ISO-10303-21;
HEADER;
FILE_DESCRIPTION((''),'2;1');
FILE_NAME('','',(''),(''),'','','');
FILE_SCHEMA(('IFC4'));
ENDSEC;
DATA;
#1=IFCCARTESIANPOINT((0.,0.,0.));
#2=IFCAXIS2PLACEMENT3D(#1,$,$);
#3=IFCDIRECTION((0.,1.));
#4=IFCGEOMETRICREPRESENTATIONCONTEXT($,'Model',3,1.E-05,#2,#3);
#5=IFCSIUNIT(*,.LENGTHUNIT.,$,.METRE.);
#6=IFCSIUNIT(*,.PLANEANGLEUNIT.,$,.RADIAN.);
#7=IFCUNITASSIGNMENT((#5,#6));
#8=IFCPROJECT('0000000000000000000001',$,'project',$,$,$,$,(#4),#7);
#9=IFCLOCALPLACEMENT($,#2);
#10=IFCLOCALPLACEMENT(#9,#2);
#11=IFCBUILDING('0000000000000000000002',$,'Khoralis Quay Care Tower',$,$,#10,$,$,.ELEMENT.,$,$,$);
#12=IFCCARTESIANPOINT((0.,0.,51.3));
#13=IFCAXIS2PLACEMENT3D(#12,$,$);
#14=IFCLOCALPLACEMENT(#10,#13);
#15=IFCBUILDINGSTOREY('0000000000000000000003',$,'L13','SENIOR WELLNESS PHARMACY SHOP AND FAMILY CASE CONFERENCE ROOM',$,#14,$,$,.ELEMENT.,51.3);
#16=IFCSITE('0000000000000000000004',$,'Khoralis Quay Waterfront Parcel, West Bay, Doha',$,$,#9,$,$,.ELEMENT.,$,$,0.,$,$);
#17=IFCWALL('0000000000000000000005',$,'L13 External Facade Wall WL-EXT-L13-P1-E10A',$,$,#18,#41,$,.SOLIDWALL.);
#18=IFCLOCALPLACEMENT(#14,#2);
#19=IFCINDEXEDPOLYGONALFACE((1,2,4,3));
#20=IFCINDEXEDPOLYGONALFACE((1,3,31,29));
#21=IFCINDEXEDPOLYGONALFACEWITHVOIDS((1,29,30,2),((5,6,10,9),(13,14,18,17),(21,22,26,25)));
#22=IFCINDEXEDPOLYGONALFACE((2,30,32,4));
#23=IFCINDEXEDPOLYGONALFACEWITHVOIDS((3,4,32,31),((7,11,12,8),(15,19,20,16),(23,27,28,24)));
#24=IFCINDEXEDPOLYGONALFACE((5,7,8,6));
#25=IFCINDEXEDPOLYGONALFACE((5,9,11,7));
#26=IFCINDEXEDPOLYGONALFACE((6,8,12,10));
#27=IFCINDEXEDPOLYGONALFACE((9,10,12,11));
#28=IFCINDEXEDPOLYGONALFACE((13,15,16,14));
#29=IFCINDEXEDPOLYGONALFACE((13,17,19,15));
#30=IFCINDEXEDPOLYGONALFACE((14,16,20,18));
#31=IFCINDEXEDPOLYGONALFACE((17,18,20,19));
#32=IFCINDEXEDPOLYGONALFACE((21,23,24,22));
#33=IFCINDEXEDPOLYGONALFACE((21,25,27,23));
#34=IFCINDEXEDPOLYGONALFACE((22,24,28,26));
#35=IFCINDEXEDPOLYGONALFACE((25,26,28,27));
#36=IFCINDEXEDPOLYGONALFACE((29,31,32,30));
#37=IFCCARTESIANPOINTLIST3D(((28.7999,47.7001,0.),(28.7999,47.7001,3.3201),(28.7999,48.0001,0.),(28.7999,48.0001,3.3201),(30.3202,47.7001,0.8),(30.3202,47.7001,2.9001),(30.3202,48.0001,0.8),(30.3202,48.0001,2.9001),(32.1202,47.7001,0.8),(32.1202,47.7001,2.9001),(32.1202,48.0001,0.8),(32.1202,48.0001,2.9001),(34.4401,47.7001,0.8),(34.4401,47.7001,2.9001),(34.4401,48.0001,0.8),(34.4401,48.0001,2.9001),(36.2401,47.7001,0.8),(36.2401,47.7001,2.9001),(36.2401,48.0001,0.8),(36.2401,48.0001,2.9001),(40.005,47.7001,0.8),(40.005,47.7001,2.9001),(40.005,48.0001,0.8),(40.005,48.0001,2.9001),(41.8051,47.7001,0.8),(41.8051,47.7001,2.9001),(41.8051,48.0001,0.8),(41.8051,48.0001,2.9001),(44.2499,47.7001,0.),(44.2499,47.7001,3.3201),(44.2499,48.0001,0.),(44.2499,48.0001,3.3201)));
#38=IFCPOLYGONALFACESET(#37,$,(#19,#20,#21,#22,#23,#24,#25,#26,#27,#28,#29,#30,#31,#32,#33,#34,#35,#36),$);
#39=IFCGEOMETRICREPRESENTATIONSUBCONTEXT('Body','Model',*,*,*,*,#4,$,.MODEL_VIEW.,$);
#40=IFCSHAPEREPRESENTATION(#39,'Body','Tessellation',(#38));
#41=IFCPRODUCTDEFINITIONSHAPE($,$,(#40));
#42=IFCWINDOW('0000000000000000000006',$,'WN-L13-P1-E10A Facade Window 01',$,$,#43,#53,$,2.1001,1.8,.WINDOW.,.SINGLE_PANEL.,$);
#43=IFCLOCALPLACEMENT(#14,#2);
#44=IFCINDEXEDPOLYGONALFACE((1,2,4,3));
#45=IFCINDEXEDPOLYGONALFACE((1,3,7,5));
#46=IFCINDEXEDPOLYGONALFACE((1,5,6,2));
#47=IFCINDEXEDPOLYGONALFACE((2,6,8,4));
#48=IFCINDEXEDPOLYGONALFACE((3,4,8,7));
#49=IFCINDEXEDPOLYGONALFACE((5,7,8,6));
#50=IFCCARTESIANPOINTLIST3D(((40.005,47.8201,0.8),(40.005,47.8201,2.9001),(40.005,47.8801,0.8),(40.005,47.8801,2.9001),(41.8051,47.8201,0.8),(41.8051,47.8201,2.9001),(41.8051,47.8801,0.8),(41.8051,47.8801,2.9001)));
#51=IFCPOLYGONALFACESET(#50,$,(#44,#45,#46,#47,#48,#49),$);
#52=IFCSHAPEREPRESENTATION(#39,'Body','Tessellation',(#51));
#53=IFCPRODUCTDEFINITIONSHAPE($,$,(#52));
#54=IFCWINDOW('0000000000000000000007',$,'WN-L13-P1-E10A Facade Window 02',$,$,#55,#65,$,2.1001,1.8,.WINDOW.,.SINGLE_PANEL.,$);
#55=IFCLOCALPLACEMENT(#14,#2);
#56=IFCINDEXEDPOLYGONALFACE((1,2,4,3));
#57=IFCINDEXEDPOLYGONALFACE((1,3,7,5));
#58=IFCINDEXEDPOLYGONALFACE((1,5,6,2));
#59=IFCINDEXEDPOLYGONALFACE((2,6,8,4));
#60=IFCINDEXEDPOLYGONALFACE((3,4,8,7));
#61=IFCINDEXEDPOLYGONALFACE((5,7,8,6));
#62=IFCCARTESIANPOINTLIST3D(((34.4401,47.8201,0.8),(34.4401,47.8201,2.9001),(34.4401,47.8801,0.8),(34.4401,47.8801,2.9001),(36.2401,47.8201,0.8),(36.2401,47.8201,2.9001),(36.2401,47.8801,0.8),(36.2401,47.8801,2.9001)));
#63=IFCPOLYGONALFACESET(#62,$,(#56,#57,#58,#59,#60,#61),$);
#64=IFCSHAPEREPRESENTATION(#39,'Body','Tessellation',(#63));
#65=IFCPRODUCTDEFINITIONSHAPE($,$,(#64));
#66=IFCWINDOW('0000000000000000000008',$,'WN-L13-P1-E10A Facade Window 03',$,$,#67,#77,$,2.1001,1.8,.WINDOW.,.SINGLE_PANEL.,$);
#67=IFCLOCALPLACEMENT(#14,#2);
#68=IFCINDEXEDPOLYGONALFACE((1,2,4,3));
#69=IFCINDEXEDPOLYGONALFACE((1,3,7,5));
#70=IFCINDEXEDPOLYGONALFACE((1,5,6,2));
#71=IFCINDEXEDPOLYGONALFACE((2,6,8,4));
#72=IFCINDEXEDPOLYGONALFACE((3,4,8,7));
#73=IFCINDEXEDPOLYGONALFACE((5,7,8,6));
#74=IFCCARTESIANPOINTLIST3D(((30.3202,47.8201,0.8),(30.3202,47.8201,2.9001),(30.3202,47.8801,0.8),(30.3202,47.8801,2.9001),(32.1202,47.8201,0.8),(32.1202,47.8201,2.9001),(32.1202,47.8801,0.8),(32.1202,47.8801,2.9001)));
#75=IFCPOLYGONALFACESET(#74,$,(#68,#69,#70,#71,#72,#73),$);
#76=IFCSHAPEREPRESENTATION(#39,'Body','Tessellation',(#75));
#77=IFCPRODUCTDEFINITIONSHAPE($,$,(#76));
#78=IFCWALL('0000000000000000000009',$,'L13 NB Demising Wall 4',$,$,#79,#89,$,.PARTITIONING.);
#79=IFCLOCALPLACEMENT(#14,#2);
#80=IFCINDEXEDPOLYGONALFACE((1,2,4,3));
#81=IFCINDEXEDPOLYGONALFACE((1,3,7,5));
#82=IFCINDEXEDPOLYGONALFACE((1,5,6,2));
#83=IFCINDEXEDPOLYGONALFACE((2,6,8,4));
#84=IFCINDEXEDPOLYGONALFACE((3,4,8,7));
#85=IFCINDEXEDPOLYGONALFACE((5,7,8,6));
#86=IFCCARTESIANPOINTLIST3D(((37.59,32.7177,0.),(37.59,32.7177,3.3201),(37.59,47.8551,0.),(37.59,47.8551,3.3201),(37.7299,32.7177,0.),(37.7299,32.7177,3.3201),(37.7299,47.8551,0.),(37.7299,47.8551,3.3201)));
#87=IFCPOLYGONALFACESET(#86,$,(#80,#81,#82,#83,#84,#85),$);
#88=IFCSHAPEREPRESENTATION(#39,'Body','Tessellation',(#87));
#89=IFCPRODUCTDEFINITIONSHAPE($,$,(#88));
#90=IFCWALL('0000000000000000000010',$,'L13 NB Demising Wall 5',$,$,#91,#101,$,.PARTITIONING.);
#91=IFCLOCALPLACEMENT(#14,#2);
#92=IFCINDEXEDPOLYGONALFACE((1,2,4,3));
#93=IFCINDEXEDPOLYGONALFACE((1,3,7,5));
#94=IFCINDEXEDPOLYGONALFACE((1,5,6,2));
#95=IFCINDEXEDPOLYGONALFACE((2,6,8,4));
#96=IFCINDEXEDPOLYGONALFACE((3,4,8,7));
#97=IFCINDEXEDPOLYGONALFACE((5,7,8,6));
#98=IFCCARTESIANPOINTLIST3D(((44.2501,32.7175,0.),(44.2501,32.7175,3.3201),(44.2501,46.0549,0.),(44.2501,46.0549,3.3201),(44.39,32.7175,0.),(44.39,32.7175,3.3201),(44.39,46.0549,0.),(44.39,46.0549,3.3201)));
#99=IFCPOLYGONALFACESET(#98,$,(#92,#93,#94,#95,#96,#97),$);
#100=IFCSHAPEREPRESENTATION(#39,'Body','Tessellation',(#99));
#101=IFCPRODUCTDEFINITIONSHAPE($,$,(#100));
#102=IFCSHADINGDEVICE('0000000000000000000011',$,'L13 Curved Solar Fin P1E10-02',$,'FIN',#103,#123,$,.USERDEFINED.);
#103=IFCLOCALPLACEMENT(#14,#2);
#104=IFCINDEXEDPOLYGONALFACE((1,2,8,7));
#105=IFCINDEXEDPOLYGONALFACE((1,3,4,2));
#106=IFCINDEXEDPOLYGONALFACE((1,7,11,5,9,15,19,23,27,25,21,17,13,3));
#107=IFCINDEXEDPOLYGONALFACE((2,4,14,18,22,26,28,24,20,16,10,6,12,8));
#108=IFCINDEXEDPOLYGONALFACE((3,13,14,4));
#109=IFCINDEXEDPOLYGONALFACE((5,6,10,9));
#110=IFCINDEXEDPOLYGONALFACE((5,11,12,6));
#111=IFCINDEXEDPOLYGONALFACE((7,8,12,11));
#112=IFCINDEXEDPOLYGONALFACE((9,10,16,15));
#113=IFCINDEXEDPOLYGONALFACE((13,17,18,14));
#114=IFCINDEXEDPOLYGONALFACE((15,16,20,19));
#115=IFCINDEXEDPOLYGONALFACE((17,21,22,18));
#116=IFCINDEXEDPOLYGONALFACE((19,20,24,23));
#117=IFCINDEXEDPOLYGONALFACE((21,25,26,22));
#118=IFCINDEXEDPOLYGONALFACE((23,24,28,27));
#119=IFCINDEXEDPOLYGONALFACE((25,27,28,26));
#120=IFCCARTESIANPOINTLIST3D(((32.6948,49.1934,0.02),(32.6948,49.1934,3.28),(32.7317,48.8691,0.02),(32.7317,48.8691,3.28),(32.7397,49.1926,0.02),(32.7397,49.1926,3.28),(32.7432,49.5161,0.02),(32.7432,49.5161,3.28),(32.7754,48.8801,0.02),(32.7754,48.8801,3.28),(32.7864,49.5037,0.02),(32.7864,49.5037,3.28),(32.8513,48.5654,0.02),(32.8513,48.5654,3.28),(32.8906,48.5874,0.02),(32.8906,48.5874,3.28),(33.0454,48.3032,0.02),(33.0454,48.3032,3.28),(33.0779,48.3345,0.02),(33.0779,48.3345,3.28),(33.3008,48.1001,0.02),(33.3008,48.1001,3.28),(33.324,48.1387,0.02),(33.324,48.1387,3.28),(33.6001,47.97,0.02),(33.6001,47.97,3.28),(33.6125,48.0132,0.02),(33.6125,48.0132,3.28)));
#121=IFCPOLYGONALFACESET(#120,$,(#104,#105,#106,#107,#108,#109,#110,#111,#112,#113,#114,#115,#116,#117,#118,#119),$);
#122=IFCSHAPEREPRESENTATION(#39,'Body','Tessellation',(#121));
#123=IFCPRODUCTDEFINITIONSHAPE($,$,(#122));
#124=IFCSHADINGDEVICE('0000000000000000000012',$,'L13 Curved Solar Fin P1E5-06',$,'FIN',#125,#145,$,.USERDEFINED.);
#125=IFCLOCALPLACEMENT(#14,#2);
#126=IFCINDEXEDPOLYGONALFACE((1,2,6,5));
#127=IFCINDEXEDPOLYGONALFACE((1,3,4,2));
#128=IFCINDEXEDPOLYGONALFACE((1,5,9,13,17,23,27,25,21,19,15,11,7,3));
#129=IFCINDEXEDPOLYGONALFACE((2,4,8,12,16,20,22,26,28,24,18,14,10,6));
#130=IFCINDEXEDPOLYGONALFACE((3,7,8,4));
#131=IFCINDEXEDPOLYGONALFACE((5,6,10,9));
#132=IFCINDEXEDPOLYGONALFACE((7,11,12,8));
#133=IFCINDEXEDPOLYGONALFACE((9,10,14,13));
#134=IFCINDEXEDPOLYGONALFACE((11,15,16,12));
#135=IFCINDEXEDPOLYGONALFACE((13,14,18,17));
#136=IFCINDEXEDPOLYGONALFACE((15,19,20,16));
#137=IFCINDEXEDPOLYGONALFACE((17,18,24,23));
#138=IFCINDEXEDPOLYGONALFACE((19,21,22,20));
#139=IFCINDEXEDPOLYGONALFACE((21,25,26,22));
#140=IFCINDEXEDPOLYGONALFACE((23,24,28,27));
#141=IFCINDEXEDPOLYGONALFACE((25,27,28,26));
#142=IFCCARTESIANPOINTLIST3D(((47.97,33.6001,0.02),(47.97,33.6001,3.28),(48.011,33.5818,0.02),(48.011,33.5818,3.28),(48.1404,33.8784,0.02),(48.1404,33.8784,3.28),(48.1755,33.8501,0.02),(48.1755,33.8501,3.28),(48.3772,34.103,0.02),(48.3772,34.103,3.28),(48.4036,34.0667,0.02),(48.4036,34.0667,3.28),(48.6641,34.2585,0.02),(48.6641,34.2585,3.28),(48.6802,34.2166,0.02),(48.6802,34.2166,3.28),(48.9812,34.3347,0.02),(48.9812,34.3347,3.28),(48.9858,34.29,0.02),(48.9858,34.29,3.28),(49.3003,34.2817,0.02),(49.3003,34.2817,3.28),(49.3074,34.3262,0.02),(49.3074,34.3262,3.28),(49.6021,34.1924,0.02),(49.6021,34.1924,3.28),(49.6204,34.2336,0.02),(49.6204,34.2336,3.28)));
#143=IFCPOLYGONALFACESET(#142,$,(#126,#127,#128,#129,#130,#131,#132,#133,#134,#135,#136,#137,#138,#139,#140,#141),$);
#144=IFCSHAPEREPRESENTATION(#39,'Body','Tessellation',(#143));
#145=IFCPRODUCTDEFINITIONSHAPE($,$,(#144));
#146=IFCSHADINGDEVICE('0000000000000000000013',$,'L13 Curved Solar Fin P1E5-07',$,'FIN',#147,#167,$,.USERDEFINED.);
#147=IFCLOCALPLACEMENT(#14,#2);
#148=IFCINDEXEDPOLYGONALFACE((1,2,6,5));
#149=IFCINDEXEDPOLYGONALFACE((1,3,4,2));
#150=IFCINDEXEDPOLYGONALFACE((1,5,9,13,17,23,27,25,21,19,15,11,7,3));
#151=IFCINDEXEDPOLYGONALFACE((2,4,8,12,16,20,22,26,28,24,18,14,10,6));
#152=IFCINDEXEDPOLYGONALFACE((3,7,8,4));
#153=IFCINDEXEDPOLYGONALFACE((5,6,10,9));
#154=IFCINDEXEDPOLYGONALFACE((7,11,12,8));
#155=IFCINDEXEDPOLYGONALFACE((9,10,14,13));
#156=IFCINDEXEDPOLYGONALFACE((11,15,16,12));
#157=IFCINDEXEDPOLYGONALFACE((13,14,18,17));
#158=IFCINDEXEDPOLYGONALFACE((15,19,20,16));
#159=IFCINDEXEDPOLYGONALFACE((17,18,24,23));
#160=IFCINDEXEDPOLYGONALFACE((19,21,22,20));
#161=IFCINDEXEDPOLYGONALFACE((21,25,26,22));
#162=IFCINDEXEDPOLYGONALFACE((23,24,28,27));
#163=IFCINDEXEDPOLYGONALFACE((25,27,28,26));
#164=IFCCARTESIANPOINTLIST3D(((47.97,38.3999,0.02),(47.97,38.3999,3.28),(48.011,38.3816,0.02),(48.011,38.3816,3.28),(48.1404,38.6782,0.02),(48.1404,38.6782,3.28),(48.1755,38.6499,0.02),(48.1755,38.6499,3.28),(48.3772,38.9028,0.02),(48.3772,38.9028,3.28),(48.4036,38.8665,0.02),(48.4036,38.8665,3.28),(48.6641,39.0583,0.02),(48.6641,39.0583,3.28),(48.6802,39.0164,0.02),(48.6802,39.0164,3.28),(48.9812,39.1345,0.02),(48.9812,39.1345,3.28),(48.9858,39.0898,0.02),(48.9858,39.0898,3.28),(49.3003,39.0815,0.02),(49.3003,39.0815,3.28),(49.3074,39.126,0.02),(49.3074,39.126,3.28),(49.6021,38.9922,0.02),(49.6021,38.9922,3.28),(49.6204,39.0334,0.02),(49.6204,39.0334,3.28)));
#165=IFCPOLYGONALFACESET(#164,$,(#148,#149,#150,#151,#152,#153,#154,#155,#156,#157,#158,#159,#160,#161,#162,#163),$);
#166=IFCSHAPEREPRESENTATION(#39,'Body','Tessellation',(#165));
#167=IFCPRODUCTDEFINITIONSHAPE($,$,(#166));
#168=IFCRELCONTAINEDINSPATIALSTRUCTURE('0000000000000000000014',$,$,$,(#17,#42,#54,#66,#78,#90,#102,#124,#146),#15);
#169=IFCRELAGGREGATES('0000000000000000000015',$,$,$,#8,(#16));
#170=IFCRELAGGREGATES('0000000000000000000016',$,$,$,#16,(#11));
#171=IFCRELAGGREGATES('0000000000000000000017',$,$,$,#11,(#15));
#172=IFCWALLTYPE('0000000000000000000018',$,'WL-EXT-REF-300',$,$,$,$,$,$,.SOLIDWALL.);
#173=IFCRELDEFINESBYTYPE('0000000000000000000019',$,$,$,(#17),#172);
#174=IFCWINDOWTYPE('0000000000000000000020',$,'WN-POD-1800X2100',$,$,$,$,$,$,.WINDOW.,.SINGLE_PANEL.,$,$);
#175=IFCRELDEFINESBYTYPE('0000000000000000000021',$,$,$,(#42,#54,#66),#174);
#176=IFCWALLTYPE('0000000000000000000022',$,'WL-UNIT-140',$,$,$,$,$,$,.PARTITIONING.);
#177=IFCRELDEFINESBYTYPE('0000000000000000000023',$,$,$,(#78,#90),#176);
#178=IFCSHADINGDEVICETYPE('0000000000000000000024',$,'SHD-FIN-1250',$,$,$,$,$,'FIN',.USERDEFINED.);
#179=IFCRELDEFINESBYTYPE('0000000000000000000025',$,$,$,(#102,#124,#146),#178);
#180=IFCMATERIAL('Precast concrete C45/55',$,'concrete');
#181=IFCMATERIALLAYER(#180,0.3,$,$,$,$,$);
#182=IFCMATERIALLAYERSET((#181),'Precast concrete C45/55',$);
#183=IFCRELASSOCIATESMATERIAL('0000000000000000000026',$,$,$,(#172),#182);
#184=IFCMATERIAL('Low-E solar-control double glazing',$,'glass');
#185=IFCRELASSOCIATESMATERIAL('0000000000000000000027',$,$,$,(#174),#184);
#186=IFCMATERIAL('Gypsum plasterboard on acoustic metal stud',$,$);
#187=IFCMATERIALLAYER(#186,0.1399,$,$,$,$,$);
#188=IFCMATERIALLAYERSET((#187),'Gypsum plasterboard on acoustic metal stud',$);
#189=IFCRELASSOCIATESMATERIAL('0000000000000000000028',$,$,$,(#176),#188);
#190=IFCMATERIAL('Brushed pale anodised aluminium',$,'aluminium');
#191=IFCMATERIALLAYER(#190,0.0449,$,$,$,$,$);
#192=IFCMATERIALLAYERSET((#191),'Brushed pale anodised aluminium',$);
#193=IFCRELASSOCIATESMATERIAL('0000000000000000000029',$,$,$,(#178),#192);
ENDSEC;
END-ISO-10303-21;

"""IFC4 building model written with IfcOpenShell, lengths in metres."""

from ifc_helpers import new_model, si_unit, direction, frame, frame_2d, origin, place, context, subcontext, project, spatial, polyline, rectangle, outline, extrude, source, transform, mapped, material, layer, layer_set, type_object, element, fill, save


model = new_model("IFC4")

# Units and contexts
model_context = context("Model", 3, precision=1e-05, world=origin(), true_north=direction((0.0, 1.0)))
body_context = subcontext(model_context, "Body", "Model", "MODEL_VIEW")
ifc_project = project(units=[si_unit("LENGTHUNIT", "METRE"), si_unit("PLANEANGLEUNIT", "RADIAN")], contexts=[model_context])

# Site, building, storey
site_placement = place(None, origin())
site = spatial("IfcSite", under=ifc_project, at=site_placement, Name="Khoralis Quay Waterfront Parcel, West Bay, Doha", CompositionType="ELEMENT", RefElevation=0.0)
building_placement = place(site_placement, origin())
building = spatial("IfcBuilding", under=site, at=building_placement, Name="Khoralis Quay Care Tower", CompositionType="ELEMENT")
storey_placement = place(building_placement, frame((0.0, 0.0, 51.3)))
storey = spatial("IfcBuildingStorey", under=building, at=storey_placement, Name="L13", Description="SENIOR WELLNESS PHARMACY SHOP AND FAMILY CASE CONFERENCE ROOM", CompositionType="ELEMENT", Elevation=51.3)

# Shared definitions
ifc_material_1 = material(Name="Precast concrete C45/55", Category="concrete")
ifc_layer_1 = layer(ifc_material_1, 0.3)
ifc_layer_set_1 = layer_set([ifc_layer_1], Name="Precast concrete C45/55")
wall_type_1 = type_object("IfcWallType", Name="WL-EXT-REF-300", PredefinedType="SOLIDWALL", material=ifc_layer_set_1)

# Wall, openings, windows
wall_1_placement = place(storey_placement, frame((44.25, 47.8501, 0.0), z_axis=(0.0, 0.0, 1.0), x_axis=(-1.0, 0.0, 0.0)))
wall_1 = element("IfcWall", 1, at=wall_1_placement, inside=storey, type_object=wall_type_1, Name="L13 External Facade Wall WL-EXT-L13-P1-E10A", PredefinedType="SOLIDWALL", context=body_context, shape_type="SweptSolid", body=[
    extrude(rectangle(XDim=15.45, YDim=0.3, at=frame_2d((7.7251, 0.0))), origin(), (0.0, 0.0, 1.0), 3.3201),
])
opening_1_placement = place(wall_1_placement, frame((2.4451, 0.0, 0.8)))
opening_1 = element("IfcOpeningElement", 2, at=opening_1_placement, cuts=wall_1, PredefinedType="OPENING", context=body_context, shape_type="SweptSolid", body=[
    extrude(rectangle(XDim=1.8, YDim=2.1001, at=frame_2d((0.8999, 1.05))), frame((0.0, 0.1602, 0.0), z_axis=(0.0, -1.0, 0.0), x_axis=(1.0, 0.0, 0.0)), (0.0, 0.0, 1.0), 0.3201),
])
opening_2_placement = place(wall_1_placement, frame((8.01, 0.0, 0.8)))
opening_2 = element("IfcOpeningElement", 3, at=opening_2_placement, cuts=wall_1, PredefinedType="OPENING", context=body_context, shape_type="SweptSolid", body=[
    extrude(rectangle(XDim=1.8, YDim=2.1001, at=frame_2d((0.8999, 1.05))), frame((0.0, 0.1602, 0.0), z_axis=(0.0, -1.0, 0.0), x_axis=(1.0, 0.0, 0.0)), (0.0, 0.0, 1.0), 0.3201),
])
opening_3_placement = place(wall_1_placement, frame((12.1299, 0.0, 0.8)))
opening_3 = element("IfcOpeningElement", 4, at=opening_3_placement, cuts=wall_1, PredefinedType="OPENING", context=body_context, shape_type="SweptSolid", body=[
    extrude(rectangle(XDim=1.8, YDim=2.1001, at=frame_2d((0.8999, 1.05))), frame((0.0, 0.1602, 0.0), z_axis=(0.0, -1.0, 0.0), x_axis=(1.0, 0.0, 0.0)), (0.0, 0.0, 1.0), 0.3201),
])
ifc_material_2 = material(Name="Low-E solar-control double glazing", Category="glass")
window_type = type_object("IfcWindowType", Name="WN-POD-1800X2100", PartitioningType="SINGLE_PANEL", PredefinedType="WINDOW", material=ifc_material_2)
shared_shape_1 = source(origin(), body_context, "Body", "SweptSolid", [
    extrude(rectangle(XDim=1.8, YDim=2.1001, at=frame_2d((0.8999, 1.05))), frame((0.0, 0.03, 0.0), z_axis=(0.0, -1.0, 0.0), x_axis=(1.0, 0.0, 0.0)), (0.0, 0.0, 1.0), 0.0601),
])
window_1_placement = place(opening_1_placement, origin())
window_1 = element("IfcWindow", 5, at=window_1_placement, inside=storey, type_object=window_type, Name="WN-L13-P1-E10A Facade Window 01", OverallHeight=2.1001, OverallWidth=1.8, PartitioningType="SINGLE_PANEL", PredefinedType="WINDOW", context=body_context, shape_type="MappedRepresentation", body=[
    mapped(shared_shape_1, transform((0.0, 0.0, 0.0), scale=1.0)),
])
fill(opening_1, window_1)
window_2_placement = place(opening_2_placement, origin())
window_2 = element("IfcWindow", 6, at=window_2_placement, inside=storey, type_object=window_type, Name="WN-L13-P1-E10A Facade Window 02", OverallHeight=2.1001, OverallWidth=1.8, PartitioningType="SINGLE_PANEL", PredefinedType="WINDOW", context=body_context, shape_type="MappedRepresentation", body=[
    mapped(shared_shape_1, transform((0.0, 0.0, 0.0), scale=1.0)),
])
fill(opening_2, window_2)
window_3_placement = place(opening_3_placement, origin())
window_3 = element("IfcWindow", 7, at=window_3_placement, inside=storey, type_object=window_type, Name="WN-L13-P1-E10A Facade Window 03", OverallHeight=2.1001, OverallWidth=1.8, PartitioningType="SINGLE_PANEL", PredefinedType="WINDOW", context=body_context, shape_type="MappedRepresentation", body=[
    mapped(shared_shape_1, transform((0.0, 0.0, 0.0), scale=1.0)),
])
fill(opening_3, window_3)

# Walls
ifc_material_3 = material(Name="Gypsum plasterboard on acoustic metal stud")
ifc_layer_2 = layer(ifc_material_3, 0.1399)
ifc_layer_set_2 = layer_set([ifc_layer_2], Name="Gypsum plasterboard on acoustic metal stud")
wall_type_2 = type_object("IfcWallType", Name="WL-UNIT-140", PredefinedType="PARTITIONING", material=ifc_layer_set_2)
wall_2_placement = place(storey_placement, frame((37.6599, 32.7175, 0.0), z_axis=(0.0, 0.0, 1.0), x_axis=(0.0, 1.0, 0.0)))
element("IfcWall", 8, at=wall_2_placement, inside=storey, type_object=wall_type_2, Name="L13 NB Demising Wall 4", PredefinedType="PARTITIONING", context=body_context, shape_type="SweptSolid", body=[
    extrude(rectangle(XDim=15.1375, YDim=0.1399, at=frame_2d((7.5688, 0.0))), origin(), (0.0, 0.0, 1.0), 3.3201),
])
wall_3_placement = place(storey_placement, frame((44.3201, 32.7175, 0.0), z_axis=(0.0, 0.0, 1.0), x_axis=(0.0, 1.0, 0.0)))
element("IfcWall", 9, at=wall_3_placement, inside=storey, type_object=wall_type_2, Name="L13 NB Demising Wall 5", PredefinedType="PARTITIONING", context=body_context, shape_type="SweptSolid", body=[
    extrude(rectangle(XDim=13.3374, YDim=0.1399, at=frame_2d((6.6687, 0.0))), origin(), (0.0, 0.0, 1.0), 3.3201),
])

# Shading devices
ifc_material_4 = material(Name="Brushed pale anodised aluminium", Category="aluminium")
ifc_layer_3 = layer(ifc_material_4, 0.0449)
ifc_layer_set_3 = layer_set([ifc_layer_3], Name="Brushed pale anodised aluminium")
shading_device_type = type_object("IfcShadingDeviceType", Name="SHD-FIN-1250", ElementType="FIN", PredefinedType="USERDEFINED", material=ifc_layer_set_3)
shared_shape_2 = source(origin(), body_context, "Body", "SweptSolid", [
    extrude(outline(polyline([(0.0, 0.0), (0.1301, 0.2993), (0.3333, 0.5547), (0.5955, 0.7488), (0.8992, 0.8684), (1.2234, 0.9053), (1.5461, 0.8569), (1.5337, 0.8137), (1.2227, 0.8604), (0.9102, 0.8247), (0.6174, 0.7095), (0.3645, 0.5222), (0.1687, 0.2761), (0.0432, -0.0125), (0.0, 0.0)])), origin(), (0.0, 0.0, 1.0), 3.26),
])
shading_device_1_placement = place(storey_placement, frame((33.6001, 47.97, 0.02), z_axis=(0.0, 0.0, 1.0), x_axis=(0.0, 1.0, 0.0)))
element("IfcShadingDevice", 10, at=shading_device_1_placement, inside=storey, type_object=shading_device_type, Name="L13 Curved Solar Fin P1E10-02", ObjectType="FIN", PredefinedType="USERDEFINED", context=body_context, shape_type="MappedRepresentation", body=[
    mapped(shared_shape_2, transform((0.0, 0.0, 0.0), scale=1.0)),
])
shared_shape_3 = source(origin(), body_context, "Body", "SweptSolid", [
    extrude(outline(polyline([(0.0, 0.0), (0.1704, 0.2783), (0.4072, 0.5029), (0.6941, 0.6584), (1.0112, 0.7346), (1.3374, 0.7261), (1.6504, 0.6335), (1.6321, 0.5923), (1.3303, 0.6816), (1.0159, 0.6899), (0.7102, 0.6165), (0.4336, 0.4666), (0.2056, 0.25), (0.041, -0.0183), (0.0, 0.0)])), origin(), (0.0, 0.0, 1.0), 3.26),
])
for number, where, z_axis, x_axis, name in (
    (11, (47.97, 33.6001, 0.02), (0.0, 0.0, 1.0), (1.0, 0.0, 0.0), "L13 Curved Solar Fin P1E5-06"),
    (12, (47.97, 38.3999, 0.02), (0.0, 0.0, 1.0), (1.0, 0.0, 0.0), "L13 Curved Solar Fin P1E5-07"),
):
    element("IfcShadingDevice", number, at=place(storey_placement, frame(where, z_axis=z_axis, x_axis=x_axis)), inside=storey, type_object=shading_device_type, Name=name, ObjectType="FIN", PredefinedType="USERDEFINED", context=body_context, shape_type="MappedRepresentation", body=[
        mapped(shared_shape_3, transform((0.0, 0.0, 0.0), scale=1.0)),
    ])

save(model, "model.ifc")
